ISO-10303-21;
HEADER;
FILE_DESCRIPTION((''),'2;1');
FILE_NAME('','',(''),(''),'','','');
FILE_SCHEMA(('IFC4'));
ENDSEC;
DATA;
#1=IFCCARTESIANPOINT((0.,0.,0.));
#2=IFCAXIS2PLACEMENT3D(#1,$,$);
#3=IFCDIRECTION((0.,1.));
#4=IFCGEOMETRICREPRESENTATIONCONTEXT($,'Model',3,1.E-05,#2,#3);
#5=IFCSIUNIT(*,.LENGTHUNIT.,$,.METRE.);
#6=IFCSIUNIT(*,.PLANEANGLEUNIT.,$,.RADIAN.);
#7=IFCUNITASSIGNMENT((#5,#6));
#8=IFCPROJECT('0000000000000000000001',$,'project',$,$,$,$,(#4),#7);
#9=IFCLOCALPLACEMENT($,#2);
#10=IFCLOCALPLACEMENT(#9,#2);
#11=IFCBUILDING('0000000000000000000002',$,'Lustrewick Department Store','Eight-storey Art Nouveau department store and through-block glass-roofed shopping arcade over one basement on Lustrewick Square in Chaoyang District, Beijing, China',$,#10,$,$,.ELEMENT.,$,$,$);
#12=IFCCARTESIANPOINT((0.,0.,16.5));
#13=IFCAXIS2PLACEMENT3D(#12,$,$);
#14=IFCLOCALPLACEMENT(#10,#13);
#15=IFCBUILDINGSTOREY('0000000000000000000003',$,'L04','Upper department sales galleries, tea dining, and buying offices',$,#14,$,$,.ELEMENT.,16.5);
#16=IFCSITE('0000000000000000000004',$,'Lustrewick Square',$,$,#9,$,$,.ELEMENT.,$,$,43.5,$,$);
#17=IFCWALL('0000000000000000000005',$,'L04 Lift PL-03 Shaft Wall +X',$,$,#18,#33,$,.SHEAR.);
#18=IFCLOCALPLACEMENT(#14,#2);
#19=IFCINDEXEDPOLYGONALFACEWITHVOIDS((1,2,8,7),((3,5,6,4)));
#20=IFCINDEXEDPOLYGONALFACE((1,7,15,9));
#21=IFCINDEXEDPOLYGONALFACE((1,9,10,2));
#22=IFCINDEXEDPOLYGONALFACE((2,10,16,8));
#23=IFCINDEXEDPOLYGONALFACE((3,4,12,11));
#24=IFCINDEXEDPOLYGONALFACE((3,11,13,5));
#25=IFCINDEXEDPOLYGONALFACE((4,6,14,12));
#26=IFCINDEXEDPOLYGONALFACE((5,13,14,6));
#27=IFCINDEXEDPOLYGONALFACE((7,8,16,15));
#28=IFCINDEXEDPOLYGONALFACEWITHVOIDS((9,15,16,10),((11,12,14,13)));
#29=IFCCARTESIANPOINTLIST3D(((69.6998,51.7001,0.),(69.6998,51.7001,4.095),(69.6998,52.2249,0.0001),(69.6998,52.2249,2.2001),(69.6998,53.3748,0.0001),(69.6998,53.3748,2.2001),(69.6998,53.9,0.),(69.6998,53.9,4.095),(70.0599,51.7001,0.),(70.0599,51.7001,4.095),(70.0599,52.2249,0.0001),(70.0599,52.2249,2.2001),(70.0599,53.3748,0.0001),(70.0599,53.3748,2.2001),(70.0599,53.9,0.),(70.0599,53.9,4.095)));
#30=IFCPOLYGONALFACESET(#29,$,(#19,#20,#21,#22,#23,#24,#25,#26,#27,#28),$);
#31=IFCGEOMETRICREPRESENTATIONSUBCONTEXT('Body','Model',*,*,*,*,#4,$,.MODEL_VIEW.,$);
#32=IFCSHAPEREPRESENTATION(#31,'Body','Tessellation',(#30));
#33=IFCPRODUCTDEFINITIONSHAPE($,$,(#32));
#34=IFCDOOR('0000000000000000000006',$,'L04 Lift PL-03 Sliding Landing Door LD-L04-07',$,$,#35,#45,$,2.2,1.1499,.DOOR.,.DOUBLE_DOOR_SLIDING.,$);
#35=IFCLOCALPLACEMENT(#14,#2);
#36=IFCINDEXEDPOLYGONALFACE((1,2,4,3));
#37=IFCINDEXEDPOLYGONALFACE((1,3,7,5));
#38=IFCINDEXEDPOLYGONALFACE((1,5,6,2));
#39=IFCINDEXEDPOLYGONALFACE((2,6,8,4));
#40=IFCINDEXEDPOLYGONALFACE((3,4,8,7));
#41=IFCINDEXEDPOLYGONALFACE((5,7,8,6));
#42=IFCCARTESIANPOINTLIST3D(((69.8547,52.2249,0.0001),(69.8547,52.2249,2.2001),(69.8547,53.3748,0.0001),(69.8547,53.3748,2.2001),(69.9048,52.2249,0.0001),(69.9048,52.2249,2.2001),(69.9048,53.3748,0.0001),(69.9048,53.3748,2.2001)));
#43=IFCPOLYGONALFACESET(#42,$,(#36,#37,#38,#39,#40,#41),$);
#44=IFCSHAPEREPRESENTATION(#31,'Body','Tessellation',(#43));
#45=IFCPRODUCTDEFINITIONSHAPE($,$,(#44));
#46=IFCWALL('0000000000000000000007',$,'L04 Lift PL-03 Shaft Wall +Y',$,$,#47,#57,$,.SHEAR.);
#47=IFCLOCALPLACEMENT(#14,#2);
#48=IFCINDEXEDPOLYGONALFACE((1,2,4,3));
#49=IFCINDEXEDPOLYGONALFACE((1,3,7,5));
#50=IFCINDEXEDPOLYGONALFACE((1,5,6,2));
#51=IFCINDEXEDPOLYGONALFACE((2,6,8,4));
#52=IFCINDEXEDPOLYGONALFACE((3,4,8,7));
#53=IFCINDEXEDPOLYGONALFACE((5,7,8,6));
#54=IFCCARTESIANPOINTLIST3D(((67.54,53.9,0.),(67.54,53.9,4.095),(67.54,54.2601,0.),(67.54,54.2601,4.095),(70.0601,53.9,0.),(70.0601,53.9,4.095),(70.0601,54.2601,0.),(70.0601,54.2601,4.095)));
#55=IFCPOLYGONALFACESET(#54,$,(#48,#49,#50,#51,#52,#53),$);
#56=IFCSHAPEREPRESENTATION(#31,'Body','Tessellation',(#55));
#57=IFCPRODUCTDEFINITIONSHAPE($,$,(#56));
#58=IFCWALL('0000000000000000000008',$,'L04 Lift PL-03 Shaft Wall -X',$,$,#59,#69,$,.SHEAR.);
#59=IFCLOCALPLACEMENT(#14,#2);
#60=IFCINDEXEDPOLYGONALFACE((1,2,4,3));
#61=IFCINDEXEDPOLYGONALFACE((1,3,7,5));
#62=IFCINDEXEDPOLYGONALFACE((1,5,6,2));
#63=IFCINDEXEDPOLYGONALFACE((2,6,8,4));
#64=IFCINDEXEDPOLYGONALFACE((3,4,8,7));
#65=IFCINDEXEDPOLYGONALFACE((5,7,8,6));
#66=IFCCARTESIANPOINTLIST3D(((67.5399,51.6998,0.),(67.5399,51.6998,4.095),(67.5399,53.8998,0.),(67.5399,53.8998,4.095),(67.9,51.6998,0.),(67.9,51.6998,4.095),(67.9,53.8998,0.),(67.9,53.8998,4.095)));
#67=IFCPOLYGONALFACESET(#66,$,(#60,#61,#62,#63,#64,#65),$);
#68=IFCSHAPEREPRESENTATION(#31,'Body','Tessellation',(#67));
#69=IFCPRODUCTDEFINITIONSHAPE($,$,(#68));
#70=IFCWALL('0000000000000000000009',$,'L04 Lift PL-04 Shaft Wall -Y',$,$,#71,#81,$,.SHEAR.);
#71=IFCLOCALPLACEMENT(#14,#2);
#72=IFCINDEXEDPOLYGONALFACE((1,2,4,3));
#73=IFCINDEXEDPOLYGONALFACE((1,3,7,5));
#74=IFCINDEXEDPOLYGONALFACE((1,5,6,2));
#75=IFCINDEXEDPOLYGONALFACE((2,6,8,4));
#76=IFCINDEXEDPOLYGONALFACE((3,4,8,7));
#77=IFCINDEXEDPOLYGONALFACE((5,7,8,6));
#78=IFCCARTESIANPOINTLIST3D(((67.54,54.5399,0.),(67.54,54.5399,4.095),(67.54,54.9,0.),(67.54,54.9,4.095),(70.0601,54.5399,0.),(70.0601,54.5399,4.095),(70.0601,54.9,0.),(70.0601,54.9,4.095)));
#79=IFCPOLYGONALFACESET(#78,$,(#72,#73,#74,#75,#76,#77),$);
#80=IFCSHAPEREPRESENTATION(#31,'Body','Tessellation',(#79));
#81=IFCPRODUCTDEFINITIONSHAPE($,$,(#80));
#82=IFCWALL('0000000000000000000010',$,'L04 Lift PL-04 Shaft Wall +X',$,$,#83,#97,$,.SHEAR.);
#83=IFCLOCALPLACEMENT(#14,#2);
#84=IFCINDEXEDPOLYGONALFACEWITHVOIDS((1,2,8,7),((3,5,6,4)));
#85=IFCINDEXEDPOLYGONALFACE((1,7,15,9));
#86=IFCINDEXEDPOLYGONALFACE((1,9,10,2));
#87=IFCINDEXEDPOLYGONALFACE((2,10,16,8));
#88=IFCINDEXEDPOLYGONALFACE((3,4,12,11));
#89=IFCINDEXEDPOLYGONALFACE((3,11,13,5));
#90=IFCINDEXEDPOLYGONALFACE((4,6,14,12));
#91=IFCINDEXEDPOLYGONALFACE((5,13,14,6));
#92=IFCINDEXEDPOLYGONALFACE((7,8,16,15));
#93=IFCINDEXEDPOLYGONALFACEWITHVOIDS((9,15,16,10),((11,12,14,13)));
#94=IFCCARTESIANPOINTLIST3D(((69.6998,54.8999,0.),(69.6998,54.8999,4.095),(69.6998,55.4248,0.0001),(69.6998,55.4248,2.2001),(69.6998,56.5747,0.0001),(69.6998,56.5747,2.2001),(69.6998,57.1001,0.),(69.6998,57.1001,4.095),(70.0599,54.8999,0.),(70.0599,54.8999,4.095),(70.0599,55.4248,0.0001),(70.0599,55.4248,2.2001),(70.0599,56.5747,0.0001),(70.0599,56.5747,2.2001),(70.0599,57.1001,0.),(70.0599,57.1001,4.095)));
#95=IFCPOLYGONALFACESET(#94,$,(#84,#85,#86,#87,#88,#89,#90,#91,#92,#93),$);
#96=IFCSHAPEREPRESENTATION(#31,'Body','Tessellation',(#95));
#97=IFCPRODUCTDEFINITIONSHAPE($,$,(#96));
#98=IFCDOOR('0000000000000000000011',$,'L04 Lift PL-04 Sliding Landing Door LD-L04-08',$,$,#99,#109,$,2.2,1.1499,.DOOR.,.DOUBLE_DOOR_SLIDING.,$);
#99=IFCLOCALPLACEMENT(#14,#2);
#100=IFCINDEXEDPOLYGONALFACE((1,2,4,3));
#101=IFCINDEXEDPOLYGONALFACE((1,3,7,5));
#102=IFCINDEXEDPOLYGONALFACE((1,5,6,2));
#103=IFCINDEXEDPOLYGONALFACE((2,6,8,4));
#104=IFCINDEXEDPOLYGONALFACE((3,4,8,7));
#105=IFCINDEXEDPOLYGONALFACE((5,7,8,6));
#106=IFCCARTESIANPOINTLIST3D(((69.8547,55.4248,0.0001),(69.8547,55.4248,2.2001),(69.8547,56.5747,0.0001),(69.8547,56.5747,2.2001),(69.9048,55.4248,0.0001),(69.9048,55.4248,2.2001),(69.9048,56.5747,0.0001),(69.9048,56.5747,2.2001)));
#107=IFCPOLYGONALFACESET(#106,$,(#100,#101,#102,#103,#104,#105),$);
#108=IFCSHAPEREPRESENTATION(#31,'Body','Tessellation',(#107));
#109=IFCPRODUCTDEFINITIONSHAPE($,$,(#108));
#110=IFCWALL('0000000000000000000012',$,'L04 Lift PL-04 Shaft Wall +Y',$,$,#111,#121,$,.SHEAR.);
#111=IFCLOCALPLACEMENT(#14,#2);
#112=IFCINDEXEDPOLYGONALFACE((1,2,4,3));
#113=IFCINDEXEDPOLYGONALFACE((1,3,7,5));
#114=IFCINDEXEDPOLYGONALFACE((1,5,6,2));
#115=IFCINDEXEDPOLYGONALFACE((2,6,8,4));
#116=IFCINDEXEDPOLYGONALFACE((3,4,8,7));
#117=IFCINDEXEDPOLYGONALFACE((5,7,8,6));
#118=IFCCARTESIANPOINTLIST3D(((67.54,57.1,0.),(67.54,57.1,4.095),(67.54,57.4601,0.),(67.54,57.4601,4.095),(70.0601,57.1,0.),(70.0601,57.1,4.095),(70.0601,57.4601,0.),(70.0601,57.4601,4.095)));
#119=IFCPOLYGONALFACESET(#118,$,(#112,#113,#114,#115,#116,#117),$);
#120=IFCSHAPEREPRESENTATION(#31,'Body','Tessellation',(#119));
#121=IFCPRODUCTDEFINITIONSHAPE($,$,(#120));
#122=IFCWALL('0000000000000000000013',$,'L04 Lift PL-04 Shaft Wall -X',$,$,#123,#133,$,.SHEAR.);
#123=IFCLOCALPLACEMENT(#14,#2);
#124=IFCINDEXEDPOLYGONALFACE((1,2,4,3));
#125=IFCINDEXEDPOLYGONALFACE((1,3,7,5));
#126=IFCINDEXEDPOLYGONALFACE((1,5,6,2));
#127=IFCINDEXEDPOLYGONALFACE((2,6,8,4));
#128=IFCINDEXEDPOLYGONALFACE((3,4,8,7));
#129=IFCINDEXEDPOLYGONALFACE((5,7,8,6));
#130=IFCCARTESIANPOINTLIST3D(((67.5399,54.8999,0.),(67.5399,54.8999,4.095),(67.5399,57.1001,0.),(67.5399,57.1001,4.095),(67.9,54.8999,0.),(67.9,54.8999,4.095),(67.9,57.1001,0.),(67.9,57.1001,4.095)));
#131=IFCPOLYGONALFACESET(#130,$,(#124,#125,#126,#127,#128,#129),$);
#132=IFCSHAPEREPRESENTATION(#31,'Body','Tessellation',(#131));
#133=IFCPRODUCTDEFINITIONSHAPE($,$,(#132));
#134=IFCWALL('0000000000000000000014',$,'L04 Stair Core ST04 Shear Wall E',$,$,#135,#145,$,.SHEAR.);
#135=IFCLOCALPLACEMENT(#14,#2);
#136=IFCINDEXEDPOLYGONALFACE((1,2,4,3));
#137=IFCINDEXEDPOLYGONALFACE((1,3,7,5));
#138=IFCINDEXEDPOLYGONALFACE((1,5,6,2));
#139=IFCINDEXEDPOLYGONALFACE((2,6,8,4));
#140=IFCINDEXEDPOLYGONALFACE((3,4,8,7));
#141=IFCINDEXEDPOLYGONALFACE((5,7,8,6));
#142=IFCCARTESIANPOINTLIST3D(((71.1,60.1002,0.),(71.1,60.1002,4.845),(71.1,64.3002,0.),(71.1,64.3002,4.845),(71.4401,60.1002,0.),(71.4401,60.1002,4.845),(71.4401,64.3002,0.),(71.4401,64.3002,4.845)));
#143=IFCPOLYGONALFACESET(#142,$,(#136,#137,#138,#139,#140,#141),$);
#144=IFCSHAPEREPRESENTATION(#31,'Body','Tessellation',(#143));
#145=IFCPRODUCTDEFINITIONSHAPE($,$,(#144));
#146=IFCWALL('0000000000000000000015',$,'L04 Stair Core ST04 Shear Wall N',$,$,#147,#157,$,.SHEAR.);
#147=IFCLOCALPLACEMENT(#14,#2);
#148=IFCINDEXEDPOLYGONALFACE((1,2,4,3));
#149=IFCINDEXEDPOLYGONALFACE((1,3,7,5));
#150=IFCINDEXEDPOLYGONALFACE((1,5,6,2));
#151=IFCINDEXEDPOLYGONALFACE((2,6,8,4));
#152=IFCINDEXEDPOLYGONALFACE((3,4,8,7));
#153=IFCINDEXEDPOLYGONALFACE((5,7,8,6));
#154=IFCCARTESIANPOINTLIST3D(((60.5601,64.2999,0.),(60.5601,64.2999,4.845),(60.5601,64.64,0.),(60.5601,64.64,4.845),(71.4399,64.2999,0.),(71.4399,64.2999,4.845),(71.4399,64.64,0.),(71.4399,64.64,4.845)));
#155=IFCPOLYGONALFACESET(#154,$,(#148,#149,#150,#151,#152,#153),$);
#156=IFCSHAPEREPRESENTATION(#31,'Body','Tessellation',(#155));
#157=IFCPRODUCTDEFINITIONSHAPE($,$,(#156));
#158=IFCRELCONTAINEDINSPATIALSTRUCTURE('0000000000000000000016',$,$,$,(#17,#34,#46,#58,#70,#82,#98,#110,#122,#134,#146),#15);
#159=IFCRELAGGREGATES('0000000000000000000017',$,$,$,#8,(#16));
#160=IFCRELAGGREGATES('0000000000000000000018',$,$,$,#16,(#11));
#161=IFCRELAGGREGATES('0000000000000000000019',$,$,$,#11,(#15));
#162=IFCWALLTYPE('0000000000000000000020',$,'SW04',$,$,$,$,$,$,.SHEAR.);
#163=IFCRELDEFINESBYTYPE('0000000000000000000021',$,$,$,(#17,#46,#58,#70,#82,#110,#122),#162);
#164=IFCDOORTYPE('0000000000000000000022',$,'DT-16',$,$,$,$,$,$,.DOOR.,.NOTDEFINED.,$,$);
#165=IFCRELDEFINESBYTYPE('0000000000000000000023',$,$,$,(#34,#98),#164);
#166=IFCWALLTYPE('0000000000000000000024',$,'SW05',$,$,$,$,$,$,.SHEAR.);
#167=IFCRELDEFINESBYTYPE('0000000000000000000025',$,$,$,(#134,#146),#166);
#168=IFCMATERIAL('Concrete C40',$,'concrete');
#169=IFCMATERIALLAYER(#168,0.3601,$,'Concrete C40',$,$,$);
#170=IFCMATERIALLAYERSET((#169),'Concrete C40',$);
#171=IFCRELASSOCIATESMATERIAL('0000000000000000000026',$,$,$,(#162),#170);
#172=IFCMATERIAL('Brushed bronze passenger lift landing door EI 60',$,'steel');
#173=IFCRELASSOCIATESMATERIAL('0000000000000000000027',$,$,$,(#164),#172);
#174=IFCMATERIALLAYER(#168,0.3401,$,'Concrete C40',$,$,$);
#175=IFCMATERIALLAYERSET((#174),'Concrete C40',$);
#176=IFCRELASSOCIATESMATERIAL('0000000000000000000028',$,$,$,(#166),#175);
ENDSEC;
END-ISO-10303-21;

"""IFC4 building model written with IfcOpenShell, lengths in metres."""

from ifc_helpers import new_model, si_unit, direction, frame, frame_2d, origin, place, context, subcontext, project, spatial, rectangle, extrude, material, layer, layer_set, type_object, element, fill, save


model = new_model("IFC4")

# Units and contexts
model_context = context("Model", 3, precision=1e-05, world=origin(), true_north=direction((0.0, 1.0)))
body_context = subcontext(model_context, "Body", "Model", "MODEL_VIEW")
ifc_project = project(units=[si_unit("LENGTHUNIT", "METRE"), si_unit("PLANEANGLEUNIT", "RADIAN")], contexts=[model_context])

# Site, building, storey
site_placement = place(None, origin())
site = spatial("IfcSite", under=ifc_project, at=site_placement, Name="Lustrewick Square", CompositionType="ELEMENT", RefElevation=43.5)
building_placement = place(site_placement, origin())
building = spatial("IfcBuilding", under=site, at=building_placement, Name="Lustrewick Department Store", Description="Eight-storey Art Nouveau department store and through-block glass-roofed shopping arcade over one basement on Lustrewick Square in Chaoyang District, Beijing, China", CompositionType="ELEMENT")
storey_placement = place(building_placement, frame((0.0, 0.0, 16.5)))
storey = spatial("IfcBuildingStorey", under=building, at=storey_placement, Name="L04", Description="Upper department sales galleries, tea dining, and buying offices", CompositionType="ELEMENT", Elevation=16.5)

# Wall, opening, door
ifc_material_1 = material(Name="Concrete C40", Category="concrete")
ifc_layer_1 = layer(ifc_material_1, 0.3601, Name="Concrete C40")
ifc_layer_set_1 = layer_set([ifc_layer_1], Name="Concrete C40")
wall_type_1 = type_object("IfcWallType", Name="SW04", PredefinedType="SHEAR", material=ifc_layer_set_1)
wall_1_placement = place(storey_placement, frame((69.8799, 51.7, 0.0), z_axis=(0.0, 0.0, 1.0), x_axis=(0.0, 1.0, 0.0)))
wall_1 = element("IfcWall", 1, at=wall_1_placement, inside=storey, type_object=wall_type_1, Name="L04 Lift PL-03 Shaft Wall +X", PredefinedType="SHEAR", context=body_context, shape_type="SweptSolid", body=[
    extrude(rectangle(XDim=2.2, YDim=0.3601, at=frame_2d((1.1001, 0.0))), origin(), (0.0, 0.0, 1.0), 4.095),
])
opening_1_placement = place(wall_1_placement, frame((0.5249, 0.0, 0.0)))
opening_1 = element("IfcOpeningElement", 2, at=opening_1_placement, cuts=wall_1, PredefinedType="OPENING", context=body_context, shape_type="SweptSolid", body=[
    extrude(rectangle(XDim=1.1499, YDim=2.2, at=frame_2d((0.575, 1.1001))), frame((0.0, 0.1899, 0.0), z_axis=(0.0, -1.0, 0.0), x_axis=(1.0, 0.0, 0.0)), (0.0, 0.0, 1.0), 0.3801),
])
ifc_material_2 = material(Name="Brushed bronze passenger lift landing door EI 60", Category="steel")
door_type_1 = type_object("IfcDoorType", Name="DT-16", OperationType="NOTDEFINED", PredefinedType="DOOR", material=ifc_material_2)
door_1_placement = place(opening_1_placement, frame((1.1499, 0.0, 0.0), z_axis=(0.0, 0.0, 1.0), x_axis=(-1.0, 0.0, 0.0)))
door_1 = element("IfcDoor", 3, at=door_1_placement, inside=storey, type_object=door_type_1, Name="L04 Lift PL-03 Sliding Landing Door LD-L04-07", OperationType="DOUBLE_DOOR_SLIDING", OverallHeight=2.2, OverallWidth=1.1499, PredefinedType="DOOR", context=body_context, shape_type="SweptSolid", body=[
    extrude(rectangle(XDim=1.1499, YDim=2.2, at=frame_2d((0.575, 1.1001))), frame((0.0, 0.0249, 0.0), z_axis=(0.0, -1.0, 0.0), x_axis=(1.0, 0.0, 0.0)), (0.0, 0.0, 1.0), 0.05),
])
fill(opening_1, door_1)

# Walls
wall_2_placement = place(storey_placement, frame((70.0601, 54.0801, 0.0), z_axis=(0.0, 0.0, 1.0), x_axis=(-1.0, 0.0, 0.0)))
element("IfcWall", 4, at=wall_2_placement, inside=storey, type_object=wall_type_1, Name="L04 Lift PL-03 Shaft Wall +Y", PredefinedType="SHEAR", context=body_context, shape_type="SweptSolid", body=[
    extrude(rectangle(XDim=2.52, YDim=0.3601, at=frame_2d((1.26, 0.0))), origin(), (0.0, 0.0, 1.0), 4.095),
])
wall_3_placement = place(storey_placement, frame((67.72, 53.8999, 0.0), z_axis=(0.0, 0.0, 1.0), x_axis=(0.0, -1.0, 0.0)))
element("IfcWall", 5, at=wall_3_placement, inside=storey, type_object=wall_type_1, Name="L04 Lift PL-03 Shaft Wall -X", PredefinedType="SHEAR", context=body_context, shape_type="SweptSolid", body=[
    extrude(rectangle(XDim=2.2, YDim=0.3601, at=frame_2d((1.1001, 0.0))), origin(), (0.0, 0.0, 1.0), 4.095),
])
wall_4_placement = place(storey_placement, frame((67.54, 54.72, 0.0), z_axis=(0.0, 0.0, 1.0), x_axis=(1.0, 0.0, 0.0)))
element("IfcWall", 6, at=wall_4_placement, inside=storey, type_object=wall_type_1, Name="L04 Lift PL-04 Shaft Wall -Y", PredefinedType="SHEAR", context=body_context, shape_type="SweptSolid", body=[
    extrude(rectangle(XDim=2.52, YDim=0.3601, at=frame_2d((1.26, 0.0))), origin(), (0.0, 0.0, 1.0), 4.095),
])

# Wall, opening, door
wall_5_placement = place(storey_placement, frame((69.8799, 54.8999, 0.0), z_axis=(0.0, 0.0, 1.0), x_axis=(0.0, 1.0, 0.0)))
wall_5 = element("IfcWall", 7, at=wall_5_placement, inside=storey, type_object=wall_type_1, Name="L04 Lift PL-04 Shaft Wall +X", PredefinedType="SHEAR", context=body_context, shape_type="SweptSolid", body=[
    extrude(rectangle(XDim=2.2002, YDim=0.3601, at=frame_2d((1.1001, 0.0))), origin(), (0.0, 0.0, 1.0), 4.095),
])
opening_2_placement = place(wall_5_placement, frame((0.5249, 0.0, 0.0)))
opening_2 = element("IfcOpeningElement", 8, at=opening_2_placement, cuts=wall_5, PredefinedType="OPENING", context=body_context, shape_type="SweptSolid", body=[
    extrude(rectangle(XDim=1.1499, YDim=2.2, at=frame_2d((0.575, 1.1001))), frame((0.0, 0.1899, 0.0), z_axis=(0.0, -1.0, 0.0), x_axis=(1.0, 0.0, 0.0)), (0.0, 0.0, 1.0), 0.3801),
])
door_2_placement = place(opening_2_placement, frame((1.1499, 0.0, 0.0), z_axis=(0.0, 0.0, 1.0), x_axis=(-1.0, 0.0, 0.0)))
door_2 = element("IfcDoor", 9, at=door_2_placement, inside=storey, type_object=door_type_1, Name="L04 Lift PL-04 Sliding Landing Door LD-L04-08", OperationType="DOUBLE_DOOR_SLIDING", OverallHeight=2.2, OverallWidth=1.1499, PredefinedType="DOOR", context=body_context, shape_type="SweptSolid", body=[
    extrude(rectangle(XDim=1.1499, YDim=2.2, at=frame_2d((0.575, 1.1001))), frame((0.0, 0.0249, 0.0), z_axis=(0.0, -1.0, 0.0), x_axis=(1.0, 0.0, 0.0)), (0.0, 0.0, 1.0), 0.05),
])
fill(opening_2, door_2)

# Walls
wall_6_placement = place(storey_placement, frame((70.0601, 57.28, 0.0), z_axis=(0.0, 0.0, 1.0), x_axis=(-1.0, 0.0, 0.0)))
element("IfcWall", 10, at=wall_6_placement, inside=storey, type_object=wall_type_1, Name="L04 Lift PL-04 Shaft Wall +Y", PredefinedType="SHEAR", context=body_context, shape_type="SweptSolid", body=[
    extrude(rectangle(XDim=2.52, YDim=0.3601, at=frame_2d((1.26, 0.0))), origin(), (0.0, 0.0, 1.0), 4.095),
])
wall_7_placement = place(storey_placement, frame((67.72, 57.1001, 0.0), z_axis=(0.0, 0.0, 1.0), x_axis=(0.0, -1.0, 0.0)))
element("IfcWall", 11, at=wall_7_placement, inside=storey, type_object=wall_type_1, Name="L04 Lift PL-04 Shaft Wall -X", PredefinedType="SHEAR", context=body_context, shape_type="SweptSolid", body=[
    extrude(rectangle(XDim=2.2002, YDim=0.3601, at=frame_2d((1.1001, 0.0))), origin(), (0.0, 0.0, 1.0), 4.095),
])
ifc_layer_2 = layer(ifc_material_1, 0.3401, Name="Concrete C40")
ifc_layer_set_2 = layer_set([ifc_layer_2], Name="Concrete C40")
wall_type_2 = type_object("IfcWallType", Name="SW05", PredefinedType="SHEAR", material=ifc_layer_set_2)
wall_8_placement = place(storey_placement, frame((71.27, 60.1001, 0.0), z_axis=(0.0, 0.0, 1.0), x_axis=(0.0, 1.0, 0.0)))
element("IfcWall", 12, at=wall_8_placement, inside=storey, type_object=wall_type_2, Name="L04 Stair Core ST04 Shear Wall E", PredefinedType="SHEAR", context=body_context, shape_type="SweptSolid", body=[
    extrude(rectangle(XDim=4.2, YDim=0.3401, at=frame_2d((2.1001, 0.0))), origin(), (0.0, 0.0, 1.0), 4.845),
])
wall_9_placement = place(storey_placement, frame((71.4399, 64.47, 0.0), z_axis=(0.0, 0.0, 1.0), x_axis=(-1.0, 0.0, 0.0)))
element("IfcWall", 13, at=wall_9_placement, inside=storey, type_object=wall_type_2, Name="L04 Stair Core ST04 Shear Wall N", PredefinedType="SHEAR", context=body_context, shape_type="SweptSolid", body=[
    extrude(rectangle(XDim=10.8799, YDim=0.3401, at=frame_2d((5.4399, 0.0))), origin(), (0.0, 0.0, 1.0), 4.845),
])

save(model, "model.ifc")
